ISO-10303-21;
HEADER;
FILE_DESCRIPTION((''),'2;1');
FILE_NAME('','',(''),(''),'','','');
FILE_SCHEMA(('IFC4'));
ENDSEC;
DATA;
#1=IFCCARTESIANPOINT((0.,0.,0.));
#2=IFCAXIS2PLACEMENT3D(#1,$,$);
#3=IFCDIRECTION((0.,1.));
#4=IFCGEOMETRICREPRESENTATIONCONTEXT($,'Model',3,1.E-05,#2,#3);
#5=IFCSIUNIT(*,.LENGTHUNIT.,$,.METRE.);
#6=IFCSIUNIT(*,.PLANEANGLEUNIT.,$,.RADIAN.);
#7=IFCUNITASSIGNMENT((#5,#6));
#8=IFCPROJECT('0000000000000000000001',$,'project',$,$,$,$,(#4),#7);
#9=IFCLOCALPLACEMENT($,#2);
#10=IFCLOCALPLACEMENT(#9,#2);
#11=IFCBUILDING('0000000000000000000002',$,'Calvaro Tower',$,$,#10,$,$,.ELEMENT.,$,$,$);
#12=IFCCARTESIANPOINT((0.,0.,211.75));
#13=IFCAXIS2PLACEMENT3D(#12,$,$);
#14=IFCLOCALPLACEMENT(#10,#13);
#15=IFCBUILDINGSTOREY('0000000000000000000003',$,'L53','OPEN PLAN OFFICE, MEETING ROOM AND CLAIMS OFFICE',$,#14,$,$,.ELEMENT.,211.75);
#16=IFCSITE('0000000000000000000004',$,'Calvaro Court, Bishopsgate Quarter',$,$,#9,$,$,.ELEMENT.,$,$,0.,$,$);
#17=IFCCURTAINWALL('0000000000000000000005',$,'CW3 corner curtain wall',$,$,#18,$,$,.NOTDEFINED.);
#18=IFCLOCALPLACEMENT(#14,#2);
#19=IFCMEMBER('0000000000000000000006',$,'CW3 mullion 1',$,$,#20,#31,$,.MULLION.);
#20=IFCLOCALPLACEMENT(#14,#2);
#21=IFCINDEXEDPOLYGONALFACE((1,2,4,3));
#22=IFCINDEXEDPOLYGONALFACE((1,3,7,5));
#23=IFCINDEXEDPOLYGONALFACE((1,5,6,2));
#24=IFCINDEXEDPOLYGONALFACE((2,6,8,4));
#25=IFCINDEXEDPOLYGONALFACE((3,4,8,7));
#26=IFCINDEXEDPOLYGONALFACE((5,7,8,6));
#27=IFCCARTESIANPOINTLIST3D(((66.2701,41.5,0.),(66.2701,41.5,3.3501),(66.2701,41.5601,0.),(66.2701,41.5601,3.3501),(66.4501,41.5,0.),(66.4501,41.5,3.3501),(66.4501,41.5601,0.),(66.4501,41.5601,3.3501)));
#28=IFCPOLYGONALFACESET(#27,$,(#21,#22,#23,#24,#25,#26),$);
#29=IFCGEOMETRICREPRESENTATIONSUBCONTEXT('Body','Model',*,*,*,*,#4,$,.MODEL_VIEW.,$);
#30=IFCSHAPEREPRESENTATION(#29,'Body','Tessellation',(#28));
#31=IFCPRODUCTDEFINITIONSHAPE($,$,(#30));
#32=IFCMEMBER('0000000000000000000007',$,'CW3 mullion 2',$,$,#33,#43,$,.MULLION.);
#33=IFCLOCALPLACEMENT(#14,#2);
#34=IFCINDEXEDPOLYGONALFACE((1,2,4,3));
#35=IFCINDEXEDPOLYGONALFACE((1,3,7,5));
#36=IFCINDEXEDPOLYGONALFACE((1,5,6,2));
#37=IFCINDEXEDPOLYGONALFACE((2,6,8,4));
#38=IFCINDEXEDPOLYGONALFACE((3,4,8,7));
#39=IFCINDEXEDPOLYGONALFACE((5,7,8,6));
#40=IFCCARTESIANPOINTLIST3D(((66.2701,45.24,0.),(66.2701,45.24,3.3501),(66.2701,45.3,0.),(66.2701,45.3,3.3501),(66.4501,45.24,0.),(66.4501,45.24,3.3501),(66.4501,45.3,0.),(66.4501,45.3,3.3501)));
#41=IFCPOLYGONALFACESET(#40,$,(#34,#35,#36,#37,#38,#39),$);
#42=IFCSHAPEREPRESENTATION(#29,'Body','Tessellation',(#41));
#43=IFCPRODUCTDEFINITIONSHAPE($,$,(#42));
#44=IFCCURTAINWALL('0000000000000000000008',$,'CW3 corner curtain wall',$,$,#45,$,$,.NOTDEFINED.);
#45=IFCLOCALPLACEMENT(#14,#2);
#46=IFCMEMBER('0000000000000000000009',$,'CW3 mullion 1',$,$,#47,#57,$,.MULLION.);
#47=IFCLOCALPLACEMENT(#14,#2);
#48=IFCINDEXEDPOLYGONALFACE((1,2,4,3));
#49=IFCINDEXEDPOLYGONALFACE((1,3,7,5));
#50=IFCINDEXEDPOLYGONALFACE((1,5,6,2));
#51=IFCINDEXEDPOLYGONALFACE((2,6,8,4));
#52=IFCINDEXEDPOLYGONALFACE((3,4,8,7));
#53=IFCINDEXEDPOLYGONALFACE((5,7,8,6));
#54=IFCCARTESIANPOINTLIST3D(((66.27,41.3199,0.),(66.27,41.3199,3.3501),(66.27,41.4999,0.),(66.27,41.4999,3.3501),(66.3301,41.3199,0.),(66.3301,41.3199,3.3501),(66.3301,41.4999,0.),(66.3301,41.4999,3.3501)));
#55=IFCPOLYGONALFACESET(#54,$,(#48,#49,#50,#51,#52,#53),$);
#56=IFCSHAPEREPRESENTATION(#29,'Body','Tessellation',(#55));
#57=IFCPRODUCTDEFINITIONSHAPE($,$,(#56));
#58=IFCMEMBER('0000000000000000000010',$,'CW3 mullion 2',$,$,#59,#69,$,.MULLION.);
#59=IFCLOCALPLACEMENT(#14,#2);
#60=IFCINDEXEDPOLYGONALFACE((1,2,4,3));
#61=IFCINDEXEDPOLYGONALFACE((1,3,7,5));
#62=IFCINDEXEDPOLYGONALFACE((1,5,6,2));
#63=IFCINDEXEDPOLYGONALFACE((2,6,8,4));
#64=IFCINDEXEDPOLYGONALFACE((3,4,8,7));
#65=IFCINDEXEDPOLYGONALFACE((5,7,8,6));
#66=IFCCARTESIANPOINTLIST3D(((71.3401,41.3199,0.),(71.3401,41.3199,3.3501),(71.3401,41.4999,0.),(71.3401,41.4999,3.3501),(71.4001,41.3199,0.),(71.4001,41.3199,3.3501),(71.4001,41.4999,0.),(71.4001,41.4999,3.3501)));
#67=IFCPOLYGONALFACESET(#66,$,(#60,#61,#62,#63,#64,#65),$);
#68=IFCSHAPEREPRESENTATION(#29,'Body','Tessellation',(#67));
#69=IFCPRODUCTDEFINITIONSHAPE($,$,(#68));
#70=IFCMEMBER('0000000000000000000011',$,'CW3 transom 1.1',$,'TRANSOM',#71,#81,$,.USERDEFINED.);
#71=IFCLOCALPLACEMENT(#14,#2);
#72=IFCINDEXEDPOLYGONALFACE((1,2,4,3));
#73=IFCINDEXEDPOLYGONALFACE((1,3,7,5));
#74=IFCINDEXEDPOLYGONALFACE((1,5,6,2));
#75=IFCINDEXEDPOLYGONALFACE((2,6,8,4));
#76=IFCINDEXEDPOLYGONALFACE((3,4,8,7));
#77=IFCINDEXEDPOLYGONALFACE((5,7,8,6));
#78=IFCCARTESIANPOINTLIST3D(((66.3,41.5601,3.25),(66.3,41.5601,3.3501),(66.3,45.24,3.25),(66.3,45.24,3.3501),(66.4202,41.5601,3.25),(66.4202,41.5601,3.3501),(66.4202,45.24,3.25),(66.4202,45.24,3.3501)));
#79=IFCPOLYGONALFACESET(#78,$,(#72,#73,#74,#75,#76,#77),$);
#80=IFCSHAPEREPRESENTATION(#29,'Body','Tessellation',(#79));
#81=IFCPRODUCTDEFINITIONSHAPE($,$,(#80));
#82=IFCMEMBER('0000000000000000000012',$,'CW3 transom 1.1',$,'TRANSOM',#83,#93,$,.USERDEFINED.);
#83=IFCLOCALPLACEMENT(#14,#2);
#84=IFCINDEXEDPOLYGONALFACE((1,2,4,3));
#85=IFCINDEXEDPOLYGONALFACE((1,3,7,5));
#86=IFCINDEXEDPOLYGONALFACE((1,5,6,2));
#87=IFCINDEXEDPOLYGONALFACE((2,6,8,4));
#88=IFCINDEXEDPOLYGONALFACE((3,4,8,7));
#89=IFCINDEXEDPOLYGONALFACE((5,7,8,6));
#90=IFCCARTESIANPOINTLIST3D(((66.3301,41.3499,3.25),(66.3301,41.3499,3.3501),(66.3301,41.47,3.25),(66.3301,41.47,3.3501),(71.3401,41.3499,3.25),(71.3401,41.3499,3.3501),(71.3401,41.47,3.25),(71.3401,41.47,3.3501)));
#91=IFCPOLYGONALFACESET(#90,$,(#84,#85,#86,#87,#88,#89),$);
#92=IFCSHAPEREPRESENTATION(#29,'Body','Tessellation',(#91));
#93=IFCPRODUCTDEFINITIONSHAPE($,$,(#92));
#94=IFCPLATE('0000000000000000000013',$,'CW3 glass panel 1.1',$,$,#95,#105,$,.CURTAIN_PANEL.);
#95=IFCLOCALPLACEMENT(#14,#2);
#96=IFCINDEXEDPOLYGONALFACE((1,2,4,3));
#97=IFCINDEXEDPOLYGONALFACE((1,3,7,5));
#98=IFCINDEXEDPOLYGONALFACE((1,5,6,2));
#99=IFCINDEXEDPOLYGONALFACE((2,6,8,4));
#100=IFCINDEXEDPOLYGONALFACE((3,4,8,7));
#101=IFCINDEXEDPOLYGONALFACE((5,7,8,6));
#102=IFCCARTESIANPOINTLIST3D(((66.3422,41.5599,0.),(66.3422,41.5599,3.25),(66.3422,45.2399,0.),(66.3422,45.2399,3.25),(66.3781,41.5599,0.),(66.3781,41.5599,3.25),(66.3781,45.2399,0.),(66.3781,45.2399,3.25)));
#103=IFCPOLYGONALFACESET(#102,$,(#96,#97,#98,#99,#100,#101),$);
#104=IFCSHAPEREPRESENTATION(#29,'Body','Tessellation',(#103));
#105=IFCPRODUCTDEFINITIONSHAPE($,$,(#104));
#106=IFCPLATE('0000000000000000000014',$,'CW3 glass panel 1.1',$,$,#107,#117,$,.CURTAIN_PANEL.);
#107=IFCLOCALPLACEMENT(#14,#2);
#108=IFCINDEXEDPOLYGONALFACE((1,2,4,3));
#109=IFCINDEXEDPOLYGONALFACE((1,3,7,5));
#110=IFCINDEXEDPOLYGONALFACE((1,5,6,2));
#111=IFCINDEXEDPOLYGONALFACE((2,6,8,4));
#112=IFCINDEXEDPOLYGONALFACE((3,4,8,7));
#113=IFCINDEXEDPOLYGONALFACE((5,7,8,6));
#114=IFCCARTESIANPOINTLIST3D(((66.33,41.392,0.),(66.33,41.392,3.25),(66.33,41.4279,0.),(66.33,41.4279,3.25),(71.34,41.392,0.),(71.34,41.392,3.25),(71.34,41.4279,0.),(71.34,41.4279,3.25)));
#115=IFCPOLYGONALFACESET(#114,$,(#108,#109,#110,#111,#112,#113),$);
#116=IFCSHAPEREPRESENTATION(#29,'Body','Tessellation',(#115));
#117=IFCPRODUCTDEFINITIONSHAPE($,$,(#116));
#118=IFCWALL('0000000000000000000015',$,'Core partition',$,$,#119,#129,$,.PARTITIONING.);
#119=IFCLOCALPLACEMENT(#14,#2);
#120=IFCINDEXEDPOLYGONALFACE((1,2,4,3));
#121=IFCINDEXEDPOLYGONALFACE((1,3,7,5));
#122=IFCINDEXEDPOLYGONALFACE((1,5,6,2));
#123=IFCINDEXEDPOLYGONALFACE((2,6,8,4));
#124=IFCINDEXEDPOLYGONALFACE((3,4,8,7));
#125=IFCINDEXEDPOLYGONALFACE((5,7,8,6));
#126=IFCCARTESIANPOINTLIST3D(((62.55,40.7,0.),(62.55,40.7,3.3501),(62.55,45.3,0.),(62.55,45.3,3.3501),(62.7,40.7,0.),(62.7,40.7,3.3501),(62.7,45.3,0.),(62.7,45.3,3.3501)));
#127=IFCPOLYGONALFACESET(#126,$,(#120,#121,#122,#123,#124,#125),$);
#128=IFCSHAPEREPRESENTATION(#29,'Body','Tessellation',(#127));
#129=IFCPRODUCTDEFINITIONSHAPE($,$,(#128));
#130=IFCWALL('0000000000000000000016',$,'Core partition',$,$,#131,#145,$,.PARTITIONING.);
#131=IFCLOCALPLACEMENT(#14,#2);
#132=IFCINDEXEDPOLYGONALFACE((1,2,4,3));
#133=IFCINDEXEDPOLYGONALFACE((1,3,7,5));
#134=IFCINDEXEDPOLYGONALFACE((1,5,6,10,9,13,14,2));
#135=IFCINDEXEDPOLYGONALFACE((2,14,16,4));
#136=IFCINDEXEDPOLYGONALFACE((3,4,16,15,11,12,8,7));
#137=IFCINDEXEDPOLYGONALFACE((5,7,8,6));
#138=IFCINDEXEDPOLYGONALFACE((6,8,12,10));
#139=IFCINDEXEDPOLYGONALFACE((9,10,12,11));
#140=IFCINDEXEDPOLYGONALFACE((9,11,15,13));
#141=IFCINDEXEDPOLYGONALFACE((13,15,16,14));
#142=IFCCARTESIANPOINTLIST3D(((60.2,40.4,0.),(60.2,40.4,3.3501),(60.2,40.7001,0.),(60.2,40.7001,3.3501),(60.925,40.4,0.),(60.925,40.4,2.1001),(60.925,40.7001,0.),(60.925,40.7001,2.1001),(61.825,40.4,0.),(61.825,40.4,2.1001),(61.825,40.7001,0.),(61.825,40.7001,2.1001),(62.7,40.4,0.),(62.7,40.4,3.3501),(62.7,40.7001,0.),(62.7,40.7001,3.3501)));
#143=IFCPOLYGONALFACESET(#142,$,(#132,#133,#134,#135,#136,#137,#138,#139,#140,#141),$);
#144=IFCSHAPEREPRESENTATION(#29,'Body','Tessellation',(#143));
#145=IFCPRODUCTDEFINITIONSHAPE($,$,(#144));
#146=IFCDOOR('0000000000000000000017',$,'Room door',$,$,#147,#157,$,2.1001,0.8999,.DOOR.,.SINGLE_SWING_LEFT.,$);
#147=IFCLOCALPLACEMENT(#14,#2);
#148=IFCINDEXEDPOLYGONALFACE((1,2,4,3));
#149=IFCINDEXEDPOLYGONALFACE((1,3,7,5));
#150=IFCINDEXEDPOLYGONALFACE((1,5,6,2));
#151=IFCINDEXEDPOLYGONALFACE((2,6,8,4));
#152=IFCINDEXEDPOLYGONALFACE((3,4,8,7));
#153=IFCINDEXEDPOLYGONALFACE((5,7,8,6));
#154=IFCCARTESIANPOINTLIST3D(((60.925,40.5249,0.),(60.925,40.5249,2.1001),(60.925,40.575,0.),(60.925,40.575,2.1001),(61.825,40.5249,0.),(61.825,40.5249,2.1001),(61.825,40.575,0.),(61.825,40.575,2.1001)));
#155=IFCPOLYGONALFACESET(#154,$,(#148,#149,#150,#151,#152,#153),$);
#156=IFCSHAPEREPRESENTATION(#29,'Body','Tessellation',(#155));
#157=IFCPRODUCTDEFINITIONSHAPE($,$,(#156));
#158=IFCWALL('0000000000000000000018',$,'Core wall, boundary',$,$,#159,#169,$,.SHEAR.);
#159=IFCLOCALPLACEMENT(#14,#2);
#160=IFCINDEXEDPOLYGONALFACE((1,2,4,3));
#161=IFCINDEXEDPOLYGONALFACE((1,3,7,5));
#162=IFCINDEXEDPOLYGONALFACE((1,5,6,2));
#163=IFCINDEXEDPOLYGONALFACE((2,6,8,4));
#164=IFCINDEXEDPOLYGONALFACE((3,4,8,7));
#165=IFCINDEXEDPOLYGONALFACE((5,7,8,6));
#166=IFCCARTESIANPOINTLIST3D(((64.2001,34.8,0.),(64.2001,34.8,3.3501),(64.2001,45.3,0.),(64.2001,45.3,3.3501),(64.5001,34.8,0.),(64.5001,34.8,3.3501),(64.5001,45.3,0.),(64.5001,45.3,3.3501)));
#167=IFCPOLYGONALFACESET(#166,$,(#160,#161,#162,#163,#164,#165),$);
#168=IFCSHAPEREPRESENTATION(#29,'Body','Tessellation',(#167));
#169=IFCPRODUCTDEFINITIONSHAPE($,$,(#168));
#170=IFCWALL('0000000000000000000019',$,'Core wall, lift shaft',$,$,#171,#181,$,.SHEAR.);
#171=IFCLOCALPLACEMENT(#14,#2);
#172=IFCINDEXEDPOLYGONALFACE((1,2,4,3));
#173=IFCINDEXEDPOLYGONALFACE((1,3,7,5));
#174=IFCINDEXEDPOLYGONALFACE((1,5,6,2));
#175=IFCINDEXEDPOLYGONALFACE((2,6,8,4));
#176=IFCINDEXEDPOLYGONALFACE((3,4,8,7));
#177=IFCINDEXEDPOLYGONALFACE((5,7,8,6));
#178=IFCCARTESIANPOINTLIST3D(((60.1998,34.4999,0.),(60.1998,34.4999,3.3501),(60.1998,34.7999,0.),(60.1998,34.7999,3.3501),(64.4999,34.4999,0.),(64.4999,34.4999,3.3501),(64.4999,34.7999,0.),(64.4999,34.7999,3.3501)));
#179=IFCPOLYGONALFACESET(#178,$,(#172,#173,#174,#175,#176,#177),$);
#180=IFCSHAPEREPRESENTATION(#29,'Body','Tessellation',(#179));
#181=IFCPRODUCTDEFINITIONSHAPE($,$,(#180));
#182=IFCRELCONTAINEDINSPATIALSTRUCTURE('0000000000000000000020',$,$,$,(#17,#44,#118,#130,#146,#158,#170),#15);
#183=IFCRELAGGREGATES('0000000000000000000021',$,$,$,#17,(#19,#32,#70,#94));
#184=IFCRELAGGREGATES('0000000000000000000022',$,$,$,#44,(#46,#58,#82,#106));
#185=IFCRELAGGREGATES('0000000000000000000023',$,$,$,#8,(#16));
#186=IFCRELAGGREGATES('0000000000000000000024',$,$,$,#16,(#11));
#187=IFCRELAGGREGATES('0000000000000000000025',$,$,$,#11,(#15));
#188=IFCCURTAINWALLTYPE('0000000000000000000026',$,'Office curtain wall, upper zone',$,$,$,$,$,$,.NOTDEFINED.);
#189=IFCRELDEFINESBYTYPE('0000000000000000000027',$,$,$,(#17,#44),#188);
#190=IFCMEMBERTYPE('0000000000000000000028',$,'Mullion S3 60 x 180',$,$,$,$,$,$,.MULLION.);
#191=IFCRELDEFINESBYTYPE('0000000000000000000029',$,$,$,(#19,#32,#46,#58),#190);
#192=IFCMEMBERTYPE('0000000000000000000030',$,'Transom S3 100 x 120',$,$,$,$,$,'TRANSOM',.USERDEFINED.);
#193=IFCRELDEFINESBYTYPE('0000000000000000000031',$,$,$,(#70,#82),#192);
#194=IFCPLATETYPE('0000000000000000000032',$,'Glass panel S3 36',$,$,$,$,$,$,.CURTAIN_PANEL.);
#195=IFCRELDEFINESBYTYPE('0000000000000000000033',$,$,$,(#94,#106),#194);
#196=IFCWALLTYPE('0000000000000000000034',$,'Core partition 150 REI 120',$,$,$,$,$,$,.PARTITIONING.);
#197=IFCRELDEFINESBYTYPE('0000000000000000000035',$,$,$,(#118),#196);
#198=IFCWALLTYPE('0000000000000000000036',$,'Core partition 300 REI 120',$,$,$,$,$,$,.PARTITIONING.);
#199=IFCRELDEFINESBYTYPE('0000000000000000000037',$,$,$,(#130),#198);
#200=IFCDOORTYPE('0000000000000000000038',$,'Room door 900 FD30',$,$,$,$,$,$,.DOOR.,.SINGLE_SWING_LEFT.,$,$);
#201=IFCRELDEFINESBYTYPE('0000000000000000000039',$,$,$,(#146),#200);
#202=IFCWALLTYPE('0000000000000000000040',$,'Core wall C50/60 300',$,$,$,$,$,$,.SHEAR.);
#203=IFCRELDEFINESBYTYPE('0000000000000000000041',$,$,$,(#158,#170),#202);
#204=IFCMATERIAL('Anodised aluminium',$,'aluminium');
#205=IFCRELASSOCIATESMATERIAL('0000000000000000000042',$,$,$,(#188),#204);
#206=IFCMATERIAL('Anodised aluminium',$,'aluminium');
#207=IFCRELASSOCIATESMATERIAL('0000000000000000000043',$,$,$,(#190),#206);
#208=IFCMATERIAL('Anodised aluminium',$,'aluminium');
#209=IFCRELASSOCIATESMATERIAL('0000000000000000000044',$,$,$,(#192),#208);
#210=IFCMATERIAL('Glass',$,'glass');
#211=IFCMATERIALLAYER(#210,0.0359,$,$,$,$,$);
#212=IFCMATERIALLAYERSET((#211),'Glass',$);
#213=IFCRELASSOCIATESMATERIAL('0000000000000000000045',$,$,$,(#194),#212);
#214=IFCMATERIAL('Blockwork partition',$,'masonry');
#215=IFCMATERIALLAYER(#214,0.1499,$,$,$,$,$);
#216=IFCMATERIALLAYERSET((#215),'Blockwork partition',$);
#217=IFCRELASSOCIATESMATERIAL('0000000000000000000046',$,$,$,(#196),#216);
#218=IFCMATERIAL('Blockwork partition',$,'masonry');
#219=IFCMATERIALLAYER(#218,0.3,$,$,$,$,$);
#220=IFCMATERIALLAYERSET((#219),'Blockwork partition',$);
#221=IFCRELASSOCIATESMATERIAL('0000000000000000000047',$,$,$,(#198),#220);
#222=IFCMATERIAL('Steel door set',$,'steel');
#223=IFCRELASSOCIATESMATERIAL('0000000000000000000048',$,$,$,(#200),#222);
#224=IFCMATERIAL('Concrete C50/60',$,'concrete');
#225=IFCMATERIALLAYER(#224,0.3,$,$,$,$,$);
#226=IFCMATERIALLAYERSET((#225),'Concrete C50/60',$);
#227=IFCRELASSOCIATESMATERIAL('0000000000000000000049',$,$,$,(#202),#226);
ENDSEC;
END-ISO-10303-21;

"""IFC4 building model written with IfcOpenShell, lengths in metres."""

from ifc_helpers import new_model, si_unit, direction, frame, frame_2d, origin, origin_2d, place, context, subcontext, project, spatial, rectangle, extrude, material, layer, layer_set, material_profile, profile_set, type_object, element, fill, aggregate, save


model = new_model("IFC4")

# Units and contexts
model_context = context("Model", 3, precision=1e-05, world=origin(), true_north=direction((0.0, 1.0)))
body_context = subcontext(model_context, "Body", "Model", "MODEL_VIEW")
ifc_project = project(units=[si_unit("LENGTHUNIT", "METRE"), si_unit("PLANEANGLEUNIT", "RADIAN")], contexts=[model_context])

# Site, building, storey
site_placement = place(None, origin())
site = spatial("IfcSite", under=ifc_project, at=site_placement, Name="Calvaro Court, Bishopsgate Quarter", CompositionType="ELEMENT", RefElevation=0.0)
building_placement = place(site_placement, origin())
building = spatial("IfcBuilding", under=site, at=building_placement, Name="Calvaro Tower", CompositionType="ELEMENT")
storey_placement = place(building_placement, frame((0.0, 0.0, 211.75)))
storey = spatial("IfcBuildingStorey", under=building, at=storey_placement, Name="L53", Description="OPEN PLAN OFFICE, MEETING ROOM AND CLAIMS OFFICE", CompositionType="ELEMENT", Elevation=211.75)

# Curtain walls, members
ifc_material_1 = material(Name="Anodised aluminium", Category="aluminium")
curtain_wall_type = type_object("IfcCurtainWallType", Name="Office curtain wall, upper zone", PredefinedType="NOTDEFINED", material=ifc_material_1)
curtain_wall_1_placement = place(storey_placement, origin())
curtain_wall_1 = element("IfcCurtainWall", 1, at=curtain_wall_1_placement, inside=storey, type_object=curtain_wall_type, Name="CW3 corner curtain wall", PredefinedType="NOTDEFINED")
ifc_material_2 = material(Name="Anodised aluminium", Category="aluminium")
ifc_material_profile_1 = material_profile(ifc_material_2, rectangle(XDim=0.1799, YDim=0.0601, at=origin_2d()), Name="Mullion S3 60 x 180")
ifc_profile_set_1 = profile_set([ifc_material_profile_1], Name="Anodised aluminium")
member_type_1 = type_object("IfcMemberType", Name="Mullion S3 60 x 180", PredefinedType="MULLION", material=ifc_profile_set_1)
member_1_placement = place(storey_placement, frame((66.3601, 41.53, 0.0), z_axis=(0.0, 0.0, 1.0), x_axis=(-1.0, 0.0, 0.0)))
member_1 = element("IfcMember", 2, at=member_1_placement, type_object=member_type_1, Name="CW3 mullion 1", PredefinedType="MULLION", context=body_context, shape_type="SweptSolid", body=[
    extrude(rectangle(XDim=0.1799, YDim=0.0601, at=origin_2d()), origin(), (0.0, 0.0, 1.0), 3.3501),
])
member_2_placement = place(storey_placement, frame((66.3601, 45.27, 0.0), z_axis=(0.0, 0.0, 1.0), x_axis=(-1.0, 0.0, 0.0)))
member_2 = element("IfcMember", 3, at=member_2_placement, type_object=member_type_1, Name="CW3 mullion 2", PredefinedType="MULLION", context=body_context, shape_type="SweptSolid", body=[
    extrude(rectangle(XDim=0.1799, YDim=0.0601, at=origin_2d()), origin(), (0.0, 0.0, 1.0), 3.3501),
])
curtain_wall_2_placement = place(storey_placement, origin())
curtain_wall_2 = element("IfcCurtainWall", 4, at=curtain_wall_2_placement, inside=storey, type_object=curtain_wall_type, Name="CW3 corner curtain wall", PredefinedType="NOTDEFINED")
member_3_placement = place(storey_placement, frame((66.3, 41.4099, 0.0), z_axis=(0.0, 0.0, 1.0), x_axis=(0.0, 1.0, 0.0)))
member_3 = element("IfcMember", 5, at=member_3_placement, type_object=member_type_1, Name="CW3 mullion 1", PredefinedType="MULLION", context=body_context, shape_type="SweptSolid", body=[
    extrude(rectangle(XDim=0.1799, YDim=0.0601, at=origin_2d()), origin(), (0.0, 0.0, 1.0), 3.3501),
])
member_4_placement = place(storey_placement, frame((71.3701, 41.4099, 0.0), z_axis=(0.0, 0.0, 1.0), x_axis=(0.0, 1.0, 0.0)))
member_4 = element("IfcMember", 6, at=member_4_placement, type_object=member_type_1, Name="CW3 mullion 2", PredefinedType="MULLION", context=body_context, shape_type="SweptSolid", body=[
    extrude(rectangle(XDim=0.1799, YDim=0.0601, at=origin_2d()), origin(), (0.0, 0.0, 1.0), 3.3501),
])

# Members
ifc_material_3 = material(Name="Anodised aluminium", Category="aluminium")
ifc_material_profile_2 = material_profile(ifc_material_3, rectangle(XDim=0.1201, YDim=0.1001, at=origin_2d()), Name="Transom S3 100 x 120")
ifc_profile_set_2 = profile_set([ifc_material_profile_2], Name="Anodised aluminium")
member_type_2 = type_object("IfcMemberType", Name="Transom S3 100 x 120", ElementType="TRANSOM", PredefinedType="USERDEFINED", material=ifc_profile_set_2)
member_5_placement = place(storey_placement, frame((66.3601, 41.5601, 3.3), z_axis=(0.0, 1.0, 0.0), x_axis=(-1.0, 0.0, 0.0)))
member_5 = element("IfcMember", 7, at=member_5_placement, type_object=member_type_2, Name="CW3 transom 1.1", ObjectType="TRANSOM", PredefinedType="USERDEFINED", context=body_context, shape_type="SweptSolid", body=[
    extrude(rectangle(XDim=0.1201, YDim=0.1001, at=origin_2d()), origin(), (0.0, 0.0, 1.0), 3.6799),
])
member_6_placement = place(storey_placement, frame((66.3301, 41.4099, 3.3), z_axis=(1.0, 0.0, 0.0), x_axis=(0.0, 1.0, 0.0)))
member_6 = element("IfcMember", 8, at=member_6_placement, type_object=member_type_2, Name="CW3 transom 1.1", ObjectType="TRANSOM", PredefinedType="USERDEFINED", context=body_context, shape_type="SweptSolid", body=[
    extrude(rectangle(XDim=0.1201, YDim=0.1001, at=origin_2d()), origin(), (0.0, 0.0, 1.0), 5.01),
])

# Plates
ifc_material_4 = material(Name="Glass", Category="glass")
ifc_layer_1 = layer(ifc_material_4, 0.0359)
ifc_layer_set_1 = layer_set([ifc_layer_1], Name="Glass")
plate_type = type_object("IfcPlateType", Name="Glass panel S3 36", PredefinedType="CURTAIN_PANEL", material=ifc_layer_set_1)
plate_1_placement = place(storey_placement, frame((66.3601, 43.3999, 0.0), z_axis=(0.0, 0.0, 1.0), x_axis=(0.0, 1.0, 0.0)))
plate_1 = element("IfcPlate", 9, at=plate_1_placement, type_object=plate_type, Name="CW3 glass panel 1.1", PredefinedType="CURTAIN_PANEL", context=body_context, shape_type="SweptSolid", body=[
    extrude(rectangle(XDim=3.6799, YDim=0.0359, at=origin_2d()), origin(), (0.0, 0.0, 1.0), 3.25),
])
aggregate(curtain_wall_1, [member_1, member_2, member_5, plate_1])
plate_2_placement = place(storey_placement, frame((68.835, 41.4099, 0.0), z_axis=(0.0, 0.0, 1.0), x_axis=(1.0, 0.0, 0.0)))
plate_2 = element("IfcPlate", 10, at=plate_2_placement, type_object=plate_type, Name="CW3 glass panel 1.1", PredefinedType="CURTAIN_PANEL", context=body_context, shape_type="SweptSolid", body=[
    extrude(rectangle(XDim=5.01, YDim=0.0359, at=origin_2d()), origin(), (0.0, 0.0, 1.0), 3.25),
])
aggregate(curtain_wall_2, [member_3, member_4, member_6, plate_2])

# Wall
ifc_material_5 = material(Name="Blockwork partition", Category="masonry")
ifc_layer_2 = layer(ifc_material_5, 0.1499)
ifc_layer_set_2 = layer_set([ifc_layer_2], Name="Blockwork partition")
wall_type_1 = type_object("IfcWallType", Name="Core partition 150 REI 120", PredefinedType="PARTITIONING", material=ifc_layer_set_2)
wall_1_placement = place(storey_placement, frame((62.625, 40.7, 0.0), z_axis=(0.0, 0.0, 1.0), x_axis=(0.0, 1.0, 0.0)))
element("IfcWall", 11, at=wall_1_placement, inside=storey, type_object=wall_type_1, Name="Core partition", PredefinedType="PARTITIONING", context=body_context, shape_type="SweptSolid", body=[
    extrude(rectangle(XDim=4.6001, YDim=0.1499, at=frame_2d((2.3, 0.0))), origin(), (0.0, 0.0, 1.0), 3.3501),
])

# Wall, opening, door
ifc_material_6 = material(Name="Blockwork partition", Category="masonry")
ifc_layer_3 = layer(ifc_material_6, 0.3)
ifc_layer_set_3 = layer_set([ifc_layer_3], Name="Blockwork partition")
wall_type_2 = type_object("IfcWallType", Name="Core partition 300 REI 120", PredefinedType="PARTITIONING", material=ifc_layer_set_3)
wall_2_placement = place(storey_placement, frame((60.2, 40.55, 0.0), z_axis=(0.0, 0.0, 1.0), x_axis=(1.0, 0.0, 0.0)))
wall_2 = element("IfcWall", 12, at=wall_2_placement, inside=storey, type_object=wall_type_2, Name="Core partition", PredefinedType="PARTITIONING", context=body_context, shape_type="SweptSolid", body=[
    extrude(rectangle(XDim=2.5, YDim=0.3, at=frame_2d((1.25, 0.0))), origin(), (0.0, 0.0, 1.0), 3.3501),
])
opening_1_placement = place(wall_2_placement, frame((0.7251, 0.0, 0.0)))
opening_1 = element("IfcOpeningElement", 13, at=opening_1_placement, cuts=wall_2, PredefinedType="OPENING", context=body_context, shape_type="SweptSolid", body=[
    extrude(rectangle(XDim=0.8999, YDim=2.1001, at=frame_2d((0.45, 1.05))), frame((0.0, 0.1599, 0.0), z_axis=(0.0, -1.0, 0.0), x_axis=(1.0, 0.0, 0.0)), (0.0, 0.0, 1.0), 0.3201),
])
ifc_material_7 = material(Name="Steel door set", Category="steel")
door_type_1 = type_object("IfcDoorType", Name="Room door 900 FD30", OperationType="SINGLE_SWING_LEFT", PredefinedType="DOOR", material=ifc_material_7)
door_1_placement = place(opening_1_placement, origin())
door_1 = element("IfcDoor", 14, at=door_1_placement, inside=storey, type_object=door_type_1, Name="Room door", OperationType="SINGLE_SWING_LEFT", OverallHeight=2.1001, OverallWidth=0.8999, PredefinedType="DOOR", context=body_context, shape_type="SweptSolid", body=[
    extrude(rectangle(XDim=0.8999, YDim=2.1001, at=frame_2d((0.45, 1.05))), frame((0.0, 0.0249, 0.0), z_axis=(0.0, -1.0, 0.0), x_axis=(1.0, 0.0, 0.0)), (0.0, 0.0, 1.0), 0.05),
])
fill(opening_1, door_1)

# Walls
ifc_material_8 = material(Name="Concrete C50/60", Category="concrete")
ifc_layer_4 = layer(ifc_material_8, 0.3)
ifc_layer_set_4 = layer_set([ifc_layer_4], Name="Concrete C50/60")
wall_type_3 = type_object("IfcWallType", Name="Core wall C50/60 300", PredefinedType="SHEAR", material=ifc_layer_set_4)
wall_3_placement = place(storey_placement, frame((64.3501, 34.8, 0.0), z_axis=(0.0, 0.0, 1.0), x_axis=(0.0, 1.0, 0.0)))
element("IfcWall", 15, at=wall_3_placement, inside=storey, type_object=wall_type_3, Name="Core wall, boundary", PredefinedType="SHEAR", context=body_context, shape_type="SweptSolid", body=[
    extrude(rectangle(XDim=10.5, YDim=0.3, at=frame_2d((5.25, 0.0))), origin(), (0.0, 0.0, 1.0), 3.3501),
])
wall_4_placement = place(storey_placement, frame((60.2, 34.6499, 0.0), z_axis=(0.0, 0.0, 1.0), x_axis=(1.0, 0.0, 0.0)))
element("IfcWall", 16, at=wall_4_placement, inside=storey, type_object=wall_type_3, Name="Core wall, lift shaft", PredefinedType="SHEAR", context=body_context, shape_type="SweptSolid", body=[
    extrude(rectangle(XDim=4.3, YDim=0.3, at=frame_2d((2.1499, 0.0))), origin(), (0.0, 0.0, 1.0), 3.3501),
])

save(model, "model.ifc")
